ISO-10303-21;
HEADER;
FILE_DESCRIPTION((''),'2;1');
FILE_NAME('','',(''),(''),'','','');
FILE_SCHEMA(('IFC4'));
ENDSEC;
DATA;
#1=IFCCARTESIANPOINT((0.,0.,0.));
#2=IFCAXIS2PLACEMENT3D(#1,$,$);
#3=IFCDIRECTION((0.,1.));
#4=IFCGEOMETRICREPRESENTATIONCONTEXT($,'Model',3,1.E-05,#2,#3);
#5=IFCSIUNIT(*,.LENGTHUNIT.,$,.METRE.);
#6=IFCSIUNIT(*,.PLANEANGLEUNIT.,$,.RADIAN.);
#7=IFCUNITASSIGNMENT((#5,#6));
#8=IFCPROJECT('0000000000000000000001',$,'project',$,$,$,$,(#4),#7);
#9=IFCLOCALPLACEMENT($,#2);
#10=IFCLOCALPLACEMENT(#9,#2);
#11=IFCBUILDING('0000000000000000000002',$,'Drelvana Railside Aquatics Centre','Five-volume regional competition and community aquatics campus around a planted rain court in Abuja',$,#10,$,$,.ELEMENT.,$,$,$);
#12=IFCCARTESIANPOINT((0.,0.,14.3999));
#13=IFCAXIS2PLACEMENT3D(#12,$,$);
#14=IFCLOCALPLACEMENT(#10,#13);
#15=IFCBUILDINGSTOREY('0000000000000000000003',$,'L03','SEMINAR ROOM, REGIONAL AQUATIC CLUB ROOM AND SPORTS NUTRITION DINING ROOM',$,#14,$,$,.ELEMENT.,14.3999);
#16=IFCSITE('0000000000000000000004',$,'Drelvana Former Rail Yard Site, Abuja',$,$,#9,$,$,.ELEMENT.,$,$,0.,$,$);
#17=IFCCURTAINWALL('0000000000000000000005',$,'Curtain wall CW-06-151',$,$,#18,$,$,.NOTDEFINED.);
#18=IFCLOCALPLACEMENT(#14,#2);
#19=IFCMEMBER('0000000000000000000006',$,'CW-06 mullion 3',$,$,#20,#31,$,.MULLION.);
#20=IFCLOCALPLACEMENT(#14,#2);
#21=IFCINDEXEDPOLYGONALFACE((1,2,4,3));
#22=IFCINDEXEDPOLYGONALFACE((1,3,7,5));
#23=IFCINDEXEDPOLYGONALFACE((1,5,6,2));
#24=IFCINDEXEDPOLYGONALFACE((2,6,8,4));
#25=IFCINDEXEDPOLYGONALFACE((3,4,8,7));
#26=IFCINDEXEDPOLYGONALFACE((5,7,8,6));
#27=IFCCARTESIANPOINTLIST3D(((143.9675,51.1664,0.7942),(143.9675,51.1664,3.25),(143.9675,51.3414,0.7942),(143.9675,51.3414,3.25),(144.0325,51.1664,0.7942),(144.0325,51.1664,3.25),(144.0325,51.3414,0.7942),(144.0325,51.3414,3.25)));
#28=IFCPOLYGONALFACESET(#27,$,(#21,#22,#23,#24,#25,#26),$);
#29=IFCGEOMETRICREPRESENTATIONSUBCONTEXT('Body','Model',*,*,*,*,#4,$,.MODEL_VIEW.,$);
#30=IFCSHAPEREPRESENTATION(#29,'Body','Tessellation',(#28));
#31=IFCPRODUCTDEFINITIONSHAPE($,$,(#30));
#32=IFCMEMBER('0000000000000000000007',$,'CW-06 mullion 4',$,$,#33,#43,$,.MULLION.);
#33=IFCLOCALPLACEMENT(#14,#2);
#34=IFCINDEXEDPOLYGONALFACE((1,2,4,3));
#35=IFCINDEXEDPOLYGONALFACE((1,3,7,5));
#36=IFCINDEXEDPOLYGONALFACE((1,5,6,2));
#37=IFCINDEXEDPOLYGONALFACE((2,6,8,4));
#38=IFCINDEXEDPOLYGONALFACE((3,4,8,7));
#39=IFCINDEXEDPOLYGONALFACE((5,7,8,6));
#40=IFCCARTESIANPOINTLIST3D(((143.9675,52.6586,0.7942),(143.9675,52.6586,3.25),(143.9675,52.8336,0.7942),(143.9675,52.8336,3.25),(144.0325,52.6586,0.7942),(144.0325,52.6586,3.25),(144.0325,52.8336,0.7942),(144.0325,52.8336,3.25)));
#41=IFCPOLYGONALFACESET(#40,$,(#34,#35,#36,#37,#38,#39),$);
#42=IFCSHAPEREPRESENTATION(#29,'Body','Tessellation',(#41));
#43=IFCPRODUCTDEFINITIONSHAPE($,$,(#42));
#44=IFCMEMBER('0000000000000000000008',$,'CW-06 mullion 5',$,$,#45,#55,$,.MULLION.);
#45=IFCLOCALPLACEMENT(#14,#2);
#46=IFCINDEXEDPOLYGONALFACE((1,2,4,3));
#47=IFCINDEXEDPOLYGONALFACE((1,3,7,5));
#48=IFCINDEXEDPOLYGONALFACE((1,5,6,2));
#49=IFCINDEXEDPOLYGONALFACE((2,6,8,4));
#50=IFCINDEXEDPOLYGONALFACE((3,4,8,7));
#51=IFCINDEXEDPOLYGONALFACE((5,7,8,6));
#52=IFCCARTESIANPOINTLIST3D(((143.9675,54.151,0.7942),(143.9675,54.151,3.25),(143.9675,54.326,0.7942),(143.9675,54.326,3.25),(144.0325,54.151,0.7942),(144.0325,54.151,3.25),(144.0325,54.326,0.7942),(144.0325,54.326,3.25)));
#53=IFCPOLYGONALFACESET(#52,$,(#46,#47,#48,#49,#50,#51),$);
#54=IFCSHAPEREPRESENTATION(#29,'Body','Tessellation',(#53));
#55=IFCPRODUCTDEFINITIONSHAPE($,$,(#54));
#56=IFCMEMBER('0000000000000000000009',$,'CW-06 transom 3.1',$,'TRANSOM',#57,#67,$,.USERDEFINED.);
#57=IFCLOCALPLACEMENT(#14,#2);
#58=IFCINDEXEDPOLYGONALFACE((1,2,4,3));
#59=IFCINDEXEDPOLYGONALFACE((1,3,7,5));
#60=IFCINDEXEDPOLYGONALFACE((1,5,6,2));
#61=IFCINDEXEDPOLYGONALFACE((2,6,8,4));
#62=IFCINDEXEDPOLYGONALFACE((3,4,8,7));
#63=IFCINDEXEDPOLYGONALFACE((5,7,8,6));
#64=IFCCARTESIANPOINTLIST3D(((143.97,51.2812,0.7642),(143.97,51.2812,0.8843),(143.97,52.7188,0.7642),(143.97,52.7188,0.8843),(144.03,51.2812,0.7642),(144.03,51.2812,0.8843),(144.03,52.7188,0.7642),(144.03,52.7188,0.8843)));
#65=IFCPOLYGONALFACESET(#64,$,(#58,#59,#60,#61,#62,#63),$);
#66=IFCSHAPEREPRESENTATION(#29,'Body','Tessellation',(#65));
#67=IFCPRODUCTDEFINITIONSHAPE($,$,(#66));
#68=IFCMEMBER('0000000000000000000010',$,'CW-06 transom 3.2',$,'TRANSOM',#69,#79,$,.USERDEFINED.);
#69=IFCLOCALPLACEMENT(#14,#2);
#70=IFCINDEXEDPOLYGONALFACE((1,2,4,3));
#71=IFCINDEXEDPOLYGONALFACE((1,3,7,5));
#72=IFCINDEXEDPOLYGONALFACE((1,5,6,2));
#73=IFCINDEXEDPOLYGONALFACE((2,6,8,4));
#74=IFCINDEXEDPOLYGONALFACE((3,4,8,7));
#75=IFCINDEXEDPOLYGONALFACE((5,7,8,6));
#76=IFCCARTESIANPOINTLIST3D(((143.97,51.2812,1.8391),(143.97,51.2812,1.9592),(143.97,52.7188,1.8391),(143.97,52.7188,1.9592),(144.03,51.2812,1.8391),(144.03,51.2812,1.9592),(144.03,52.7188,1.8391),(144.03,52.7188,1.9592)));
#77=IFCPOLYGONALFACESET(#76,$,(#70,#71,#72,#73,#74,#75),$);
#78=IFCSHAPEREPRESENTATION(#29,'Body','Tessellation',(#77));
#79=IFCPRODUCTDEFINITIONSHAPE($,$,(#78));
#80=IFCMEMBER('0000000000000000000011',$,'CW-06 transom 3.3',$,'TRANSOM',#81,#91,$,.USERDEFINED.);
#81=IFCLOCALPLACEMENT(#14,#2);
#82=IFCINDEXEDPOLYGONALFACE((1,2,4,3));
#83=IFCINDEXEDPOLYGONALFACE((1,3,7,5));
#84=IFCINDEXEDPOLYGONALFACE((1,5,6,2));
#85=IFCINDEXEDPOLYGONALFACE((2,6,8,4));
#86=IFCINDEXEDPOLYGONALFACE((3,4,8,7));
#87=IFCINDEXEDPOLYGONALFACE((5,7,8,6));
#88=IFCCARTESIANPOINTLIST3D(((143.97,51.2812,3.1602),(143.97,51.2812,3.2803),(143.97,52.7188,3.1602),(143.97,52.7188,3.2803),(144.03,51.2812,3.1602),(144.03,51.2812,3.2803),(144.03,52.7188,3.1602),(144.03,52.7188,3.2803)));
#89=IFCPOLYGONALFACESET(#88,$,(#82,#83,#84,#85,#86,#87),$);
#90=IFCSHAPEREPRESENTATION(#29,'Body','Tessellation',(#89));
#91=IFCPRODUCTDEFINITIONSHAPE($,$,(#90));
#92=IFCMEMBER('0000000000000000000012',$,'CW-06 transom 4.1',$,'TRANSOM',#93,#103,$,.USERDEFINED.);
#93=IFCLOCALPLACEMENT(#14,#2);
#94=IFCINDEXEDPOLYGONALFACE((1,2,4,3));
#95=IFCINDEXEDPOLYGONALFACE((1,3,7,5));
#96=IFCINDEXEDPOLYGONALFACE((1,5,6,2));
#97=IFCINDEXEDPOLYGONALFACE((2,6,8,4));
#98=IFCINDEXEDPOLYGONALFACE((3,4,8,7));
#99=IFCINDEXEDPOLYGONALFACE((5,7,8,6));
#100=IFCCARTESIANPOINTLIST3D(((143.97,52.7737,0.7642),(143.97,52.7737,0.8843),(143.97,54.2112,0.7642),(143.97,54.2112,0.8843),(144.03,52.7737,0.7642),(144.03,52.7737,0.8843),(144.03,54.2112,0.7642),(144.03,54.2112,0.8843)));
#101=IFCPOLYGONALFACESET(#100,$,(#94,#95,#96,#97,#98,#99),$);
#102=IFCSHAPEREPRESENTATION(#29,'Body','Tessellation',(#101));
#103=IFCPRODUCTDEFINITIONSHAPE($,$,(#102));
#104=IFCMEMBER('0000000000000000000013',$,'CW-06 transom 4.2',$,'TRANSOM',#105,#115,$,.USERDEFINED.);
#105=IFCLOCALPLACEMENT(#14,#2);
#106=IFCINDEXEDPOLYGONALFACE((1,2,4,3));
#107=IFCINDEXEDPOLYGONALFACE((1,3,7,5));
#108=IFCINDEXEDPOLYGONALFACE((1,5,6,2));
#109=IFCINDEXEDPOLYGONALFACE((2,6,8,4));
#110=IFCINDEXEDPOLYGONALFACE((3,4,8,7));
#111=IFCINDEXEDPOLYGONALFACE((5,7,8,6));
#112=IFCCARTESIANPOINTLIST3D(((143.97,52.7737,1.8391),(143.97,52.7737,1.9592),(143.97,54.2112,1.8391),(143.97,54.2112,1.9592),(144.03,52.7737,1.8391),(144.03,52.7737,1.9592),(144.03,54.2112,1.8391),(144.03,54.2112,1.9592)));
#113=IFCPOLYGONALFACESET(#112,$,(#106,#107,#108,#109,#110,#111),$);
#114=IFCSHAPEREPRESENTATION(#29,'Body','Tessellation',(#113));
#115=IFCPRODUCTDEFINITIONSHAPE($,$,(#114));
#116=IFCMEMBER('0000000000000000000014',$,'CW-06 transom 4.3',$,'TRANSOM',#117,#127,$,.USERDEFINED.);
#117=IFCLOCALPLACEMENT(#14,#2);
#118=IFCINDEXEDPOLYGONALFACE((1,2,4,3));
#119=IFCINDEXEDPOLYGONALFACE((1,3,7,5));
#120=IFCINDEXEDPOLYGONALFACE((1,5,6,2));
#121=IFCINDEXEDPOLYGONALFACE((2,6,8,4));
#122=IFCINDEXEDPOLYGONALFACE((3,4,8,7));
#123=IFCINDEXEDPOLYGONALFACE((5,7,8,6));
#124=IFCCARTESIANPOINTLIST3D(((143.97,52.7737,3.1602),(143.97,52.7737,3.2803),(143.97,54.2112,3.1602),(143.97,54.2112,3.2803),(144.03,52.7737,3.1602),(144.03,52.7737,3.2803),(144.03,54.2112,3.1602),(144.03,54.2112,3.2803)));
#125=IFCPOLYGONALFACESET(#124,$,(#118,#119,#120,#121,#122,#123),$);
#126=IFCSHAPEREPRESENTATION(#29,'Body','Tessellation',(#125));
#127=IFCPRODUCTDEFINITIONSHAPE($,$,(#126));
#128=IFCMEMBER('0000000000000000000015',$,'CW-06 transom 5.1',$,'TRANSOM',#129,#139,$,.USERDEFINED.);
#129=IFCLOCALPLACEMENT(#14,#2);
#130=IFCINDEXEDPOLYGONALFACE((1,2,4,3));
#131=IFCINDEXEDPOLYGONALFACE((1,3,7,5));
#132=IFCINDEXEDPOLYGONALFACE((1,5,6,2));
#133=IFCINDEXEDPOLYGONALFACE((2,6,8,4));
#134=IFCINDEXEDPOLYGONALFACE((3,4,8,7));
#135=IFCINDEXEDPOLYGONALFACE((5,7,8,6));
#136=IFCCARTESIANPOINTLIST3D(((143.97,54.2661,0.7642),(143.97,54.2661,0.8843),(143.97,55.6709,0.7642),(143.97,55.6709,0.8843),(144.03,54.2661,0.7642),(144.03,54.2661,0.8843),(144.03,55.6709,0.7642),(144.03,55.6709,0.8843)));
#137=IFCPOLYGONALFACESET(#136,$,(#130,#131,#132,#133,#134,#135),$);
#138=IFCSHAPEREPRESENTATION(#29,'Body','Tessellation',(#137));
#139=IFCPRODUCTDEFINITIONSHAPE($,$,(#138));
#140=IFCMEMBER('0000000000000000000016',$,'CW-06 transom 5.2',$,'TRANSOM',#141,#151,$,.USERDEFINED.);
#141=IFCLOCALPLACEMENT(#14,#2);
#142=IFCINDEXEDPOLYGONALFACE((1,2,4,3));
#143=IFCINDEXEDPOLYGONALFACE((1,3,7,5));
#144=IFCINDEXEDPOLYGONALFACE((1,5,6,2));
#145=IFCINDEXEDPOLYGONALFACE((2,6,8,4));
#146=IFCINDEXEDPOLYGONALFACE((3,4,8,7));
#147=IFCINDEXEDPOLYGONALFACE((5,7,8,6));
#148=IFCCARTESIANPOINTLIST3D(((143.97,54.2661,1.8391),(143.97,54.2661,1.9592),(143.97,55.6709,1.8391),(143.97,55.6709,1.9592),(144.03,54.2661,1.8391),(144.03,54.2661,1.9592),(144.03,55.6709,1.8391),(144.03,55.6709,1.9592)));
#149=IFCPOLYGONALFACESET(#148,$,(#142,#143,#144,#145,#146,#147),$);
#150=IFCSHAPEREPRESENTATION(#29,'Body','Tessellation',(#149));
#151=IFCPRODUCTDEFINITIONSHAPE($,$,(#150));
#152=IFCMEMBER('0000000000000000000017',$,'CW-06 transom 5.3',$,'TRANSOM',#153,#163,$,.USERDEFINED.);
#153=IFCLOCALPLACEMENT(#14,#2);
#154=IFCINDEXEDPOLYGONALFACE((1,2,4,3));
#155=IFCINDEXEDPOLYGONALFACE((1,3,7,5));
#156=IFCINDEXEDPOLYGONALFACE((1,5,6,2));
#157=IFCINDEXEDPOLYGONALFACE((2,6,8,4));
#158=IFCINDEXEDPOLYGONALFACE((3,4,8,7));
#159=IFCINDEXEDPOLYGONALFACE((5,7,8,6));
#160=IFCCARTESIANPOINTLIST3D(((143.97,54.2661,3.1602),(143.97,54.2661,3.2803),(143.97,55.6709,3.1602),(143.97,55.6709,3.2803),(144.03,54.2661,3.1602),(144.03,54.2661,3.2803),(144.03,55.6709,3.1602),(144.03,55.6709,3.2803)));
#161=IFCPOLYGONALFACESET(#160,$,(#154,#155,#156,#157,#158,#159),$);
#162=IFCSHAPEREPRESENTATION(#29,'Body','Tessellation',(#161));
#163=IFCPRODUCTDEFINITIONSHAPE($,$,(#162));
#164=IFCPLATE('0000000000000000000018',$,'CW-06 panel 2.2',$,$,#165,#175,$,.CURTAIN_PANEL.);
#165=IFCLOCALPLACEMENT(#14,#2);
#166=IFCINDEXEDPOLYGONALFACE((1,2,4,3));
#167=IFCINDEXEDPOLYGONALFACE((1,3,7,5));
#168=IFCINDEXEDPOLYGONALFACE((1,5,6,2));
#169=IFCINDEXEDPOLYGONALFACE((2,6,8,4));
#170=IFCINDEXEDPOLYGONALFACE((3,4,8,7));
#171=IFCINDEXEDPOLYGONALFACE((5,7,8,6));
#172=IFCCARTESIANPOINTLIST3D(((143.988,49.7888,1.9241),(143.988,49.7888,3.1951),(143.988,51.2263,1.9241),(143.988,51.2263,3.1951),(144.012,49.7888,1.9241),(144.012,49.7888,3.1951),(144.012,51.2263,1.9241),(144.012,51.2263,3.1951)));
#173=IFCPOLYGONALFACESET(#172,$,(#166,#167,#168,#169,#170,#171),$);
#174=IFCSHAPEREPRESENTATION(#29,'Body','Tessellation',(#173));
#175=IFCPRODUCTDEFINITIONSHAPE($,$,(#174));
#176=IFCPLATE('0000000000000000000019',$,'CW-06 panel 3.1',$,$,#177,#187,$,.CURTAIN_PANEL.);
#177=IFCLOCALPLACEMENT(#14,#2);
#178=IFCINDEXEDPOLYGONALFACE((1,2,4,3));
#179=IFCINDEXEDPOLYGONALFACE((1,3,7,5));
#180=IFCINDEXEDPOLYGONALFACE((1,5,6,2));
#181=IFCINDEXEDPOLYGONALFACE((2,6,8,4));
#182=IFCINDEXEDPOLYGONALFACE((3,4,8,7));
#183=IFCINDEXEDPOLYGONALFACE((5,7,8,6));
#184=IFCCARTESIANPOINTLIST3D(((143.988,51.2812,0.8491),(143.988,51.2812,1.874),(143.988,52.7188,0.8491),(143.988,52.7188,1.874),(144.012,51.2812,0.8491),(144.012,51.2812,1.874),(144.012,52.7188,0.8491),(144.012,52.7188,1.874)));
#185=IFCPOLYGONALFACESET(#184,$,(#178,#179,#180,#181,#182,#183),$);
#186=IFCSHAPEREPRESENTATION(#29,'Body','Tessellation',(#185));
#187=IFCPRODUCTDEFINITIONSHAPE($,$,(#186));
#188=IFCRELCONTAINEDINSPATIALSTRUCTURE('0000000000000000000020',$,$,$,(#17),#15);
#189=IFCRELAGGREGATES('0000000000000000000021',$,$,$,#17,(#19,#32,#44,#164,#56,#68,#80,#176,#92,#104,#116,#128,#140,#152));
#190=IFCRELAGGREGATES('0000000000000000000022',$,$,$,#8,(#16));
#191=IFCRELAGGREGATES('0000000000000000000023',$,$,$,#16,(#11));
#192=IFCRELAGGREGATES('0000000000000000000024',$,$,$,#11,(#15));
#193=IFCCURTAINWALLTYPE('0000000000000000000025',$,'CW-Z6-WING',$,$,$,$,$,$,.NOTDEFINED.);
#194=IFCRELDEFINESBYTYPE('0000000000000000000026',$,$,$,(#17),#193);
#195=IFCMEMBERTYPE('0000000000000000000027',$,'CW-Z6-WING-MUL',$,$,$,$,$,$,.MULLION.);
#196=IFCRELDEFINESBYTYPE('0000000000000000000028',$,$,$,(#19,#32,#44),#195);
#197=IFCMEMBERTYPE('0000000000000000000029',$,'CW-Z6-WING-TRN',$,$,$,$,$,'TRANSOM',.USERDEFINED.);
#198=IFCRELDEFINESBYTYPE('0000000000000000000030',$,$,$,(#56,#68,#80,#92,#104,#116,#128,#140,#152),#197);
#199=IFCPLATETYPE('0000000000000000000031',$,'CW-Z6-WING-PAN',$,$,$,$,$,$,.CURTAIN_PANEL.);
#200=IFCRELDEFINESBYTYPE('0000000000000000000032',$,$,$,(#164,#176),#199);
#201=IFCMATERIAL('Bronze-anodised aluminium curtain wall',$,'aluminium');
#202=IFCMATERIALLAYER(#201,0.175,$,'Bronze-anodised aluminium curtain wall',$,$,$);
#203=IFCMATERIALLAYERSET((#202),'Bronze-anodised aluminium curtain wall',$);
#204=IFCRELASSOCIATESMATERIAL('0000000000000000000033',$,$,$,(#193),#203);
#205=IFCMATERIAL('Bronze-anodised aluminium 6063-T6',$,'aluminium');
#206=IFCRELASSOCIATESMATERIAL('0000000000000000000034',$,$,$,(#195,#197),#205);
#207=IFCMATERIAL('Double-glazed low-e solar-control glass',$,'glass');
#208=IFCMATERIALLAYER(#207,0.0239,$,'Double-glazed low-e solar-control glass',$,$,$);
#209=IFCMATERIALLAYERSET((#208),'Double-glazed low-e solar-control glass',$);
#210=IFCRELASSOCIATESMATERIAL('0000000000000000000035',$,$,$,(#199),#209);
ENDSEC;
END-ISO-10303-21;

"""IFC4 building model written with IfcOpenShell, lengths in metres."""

from ifc_helpers import new_model, si_unit, direction, frame, origin, origin_2d, place, context, subcontext, project, spatial, rectangle, extrude, material, layer, layer_set, material_profile, profile_set, type_object, element, aggregate, save


model = new_model("IFC4")

# Units and contexts
model_context = context("Model", 3, precision=1e-05, world=origin(), true_north=direction((0.0, 1.0)))
body_context = subcontext(model_context, "Body", "Model", "MODEL_VIEW")
ifc_project = project(units=[si_unit("LENGTHUNIT", "METRE"), si_unit("PLANEANGLEUNIT", "RADIAN")], contexts=[model_context])

# Site, building, storey
site_placement = place(None, origin())
site = spatial("IfcSite", under=ifc_project, at=site_placement, Name="Drelvana Former Rail Yard Site, Abuja", CompositionType="ELEMENT", RefElevation=0.0)
building_placement = place(site_placement, origin())
building = spatial("IfcBuilding", under=site, at=building_placement, Name="Drelvana Railside Aquatics Centre", Description="Five-volume regional competition and community aquatics campus around a planted rain court in Abuja", CompositionType="ELEMENT")
storey_placement = place(building_placement, frame((0.0, 0.0, 14.3999)))
storey = spatial("IfcBuildingStorey", under=building, at=storey_placement, Name="L03", Description="SEMINAR ROOM, REGIONAL AQUATIC CLUB ROOM AND SPORTS NUTRITION DINING ROOM", CompositionType="ELEMENT", Elevation=14.3999)

# Curtain wall, members, plates
ifc_material_1 = material(Name="Bronze-anodised aluminium curtain wall", Category="aluminium")
ifc_layer_1 = layer(ifc_material_1, 0.175, Name="Bronze-anodised aluminium curtain wall")
ifc_layer_set_1 = layer_set([ifc_layer_1], Name="Bronze-anodised aluminium curtain wall")
curtain_wall_type = type_object("IfcCurtainWallType", Name="CW-Z6-WING", PredefinedType="NOTDEFINED", material=ifc_layer_set_1)
curtain_wall_placement = place(storey_placement, origin())
curtain_wall = element("IfcCurtainWall", 1, at=curtain_wall_placement, inside=storey, type_object=curtain_wall_type, Name="Curtain wall CW-06-151", PredefinedType="NOTDEFINED")
ifc_material_2 = material(Name="Bronze-anodised aluminium 6063-T6", Category="aluminium")
ifc_material_profile_1 = material_profile(ifc_material_2, rectangle(XDim=0.0649, YDim=0.175, at=origin_2d()), Name="ALU-M 65x175")
ifc_profile_set_1 = profile_set([ifc_material_profile_1], Name="Bronze-anodised aluminium 6063-T6")
member_type_1 = type_object("IfcMemberType", Name="CW-Z6-WING-MUL", PredefinedType="MULLION", material=ifc_profile_set_1)
member_1_placement = place(storey_placement, frame((144.0, 51.2539, 0.7942), z_axis=(0.0, 0.0, 1.0), x_axis=(-1.0, 0.0, 0.0)))
member_1 = element("IfcMember", 2, at=member_1_placement, type_object=member_type_1, Name="CW-06 mullion 3", PredefinedType="MULLION", context=body_context, shape_type="SweptSolid", body=[
    extrude(rectangle(XDim=0.0649, YDim=0.175, at=origin_2d()), origin(), (0.0, 0.0, 1.0), 2.4558),
])
member_2_placement = place(storey_placement, frame((144.0, 52.7461, 0.7942), z_axis=(0.0, 0.0, 1.0), x_axis=(-1.0, 0.0, 0.0)))
member_2 = element("IfcMember", 3, at=member_2_placement, type_object=member_type_1, Name="CW-06 mullion 4", PredefinedType="MULLION", context=body_context, shape_type="SweptSolid", body=[
    extrude(rectangle(XDim=0.0649, YDim=0.175, at=origin_2d()), origin(), (0.0, 0.0, 1.0), 2.4558),
])
member_3_placement = place(storey_placement, frame((144.0, 54.2385, 0.7942), z_axis=(0.0, 0.0, 1.0), x_axis=(-1.0, 0.0, 0.0)))
member_3 = element("IfcMember", 4, at=member_3_placement, type_object=member_type_1, Name="CW-06 mullion 5", PredefinedType="MULLION", context=body_context, shape_type="SweptSolid", body=[
    extrude(rectangle(XDim=0.0649, YDim=0.175, at=origin_2d()), origin(), (0.0, 0.0, 1.0), 2.4558),
])
ifc_material_profile_2 = material_profile(ifc_material_2, rectangle(XDim=0.1201, YDim=0.0601, at=origin_2d()), Name="ALU-T 60x120")
ifc_profile_set_2 = profile_set([ifc_material_profile_2], Name="Bronze-anodised aluminium 6063-T6")
member_type_2 = type_object("IfcMemberType", Name="CW-Z6-WING-TRN", ElementType="TRANSOM", PredefinedType="USERDEFINED", material=ifc_profile_set_2)
member_4_placement = place(storey_placement, frame((144.0, 51.2812, 0.8242), z_axis=(0.0, 1.0, 0.0), x_axis=(0.0, 0.0, 1.0)))
member_4 = element("IfcMember", 5, at=member_4_placement, type_object=member_type_2, Name="CW-06 transom 3.1", ObjectType="TRANSOM", PredefinedType="USERDEFINED", context=body_context, shape_type="SweptSolid", body=[
    extrude(rectangle(XDim=0.1201, YDim=0.0601, at=origin_2d()), origin(), (0.0, 0.0, 1.0), 1.4375),
])
member_5_placement = place(storey_placement, frame((144.0, 51.2812, 1.8992), z_axis=(0.0, 1.0, 0.0), x_axis=(0.0, 0.0, 1.0)))
member_5 = element("IfcMember", 6, at=member_5_placement, type_object=member_type_2, Name="CW-06 transom 3.2", ObjectType="TRANSOM", PredefinedType="USERDEFINED", context=body_context, shape_type="SweptSolid", body=[
    extrude(rectangle(XDim=0.1201, YDim=0.0601, at=origin_2d()), origin(), (0.0, 0.0, 1.0), 1.4375),
])
member_6_placement = place(storey_placement, frame((144.0, 51.2812, 3.2202), z_axis=(0.0, 1.0, 0.0), x_axis=(0.0, 0.0, 1.0)))
member_6 = element("IfcMember", 7, at=member_6_placement, type_object=member_type_2, Name="CW-06 transom 3.3", ObjectType="TRANSOM", PredefinedType="USERDEFINED", context=body_context, shape_type="SweptSolid", body=[
    extrude(rectangle(XDim=0.1201, YDim=0.0601, at=origin_2d()), origin(), (0.0, 0.0, 1.0), 1.4375),
])
member_7_placement = place(storey_placement, frame((144.0, 52.7737, 0.8242), z_axis=(0.0, 1.0, 0.0), x_axis=(0.0, 0.0, 1.0)))
member_7 = element("IfcMember", 8, at=member_7_placement, type_object=member_type_2, Name="CW-06 transom 4.1", ObjectType="TRANSOM", PredefinedType="USERDEFINED", context=body_context, shape_type="SweptSolid", body=[
    extrude(rectangle(XDim=0.1201, YDim=0.0601, at=origin_2d()), origin(), (0.0, 0.0, 1.0), 1.4375),
])
member_8_placement = place(storey_placement, frame((144.0, 52.7737, 1.8992), z_axis=(0.0, 1.0, 0.0), x_axis=(0.0, 0.0, 1.0)))
member_8 = element("IfcMember", 9, at=member_8_placement, type_object=member_type_2, Name="CW-06 transom 4.2", ObjectType="TRANSOM", PredefinedType="USERDEFINED", context=body_context, shape_type="SweptSolid", body=[
    extrude(rectangle(XDim=0.1201, YDim=0.0601, at=origin_2d()), origin(), (0.0, 0.0, 1.0), 1.4375),
])
member_9_placement = place(storey_placement, frame((144.0, 52.7737, 3.2202), z_axis=(0.0, 1.0, 0.0), x_axis=(0.0, 0.0, 1.0)))
member_9 = element("IfcMember", 10, at=member_9_placement, type_object=member_type_2, Name="CW-06 transom 4.3", ObjectType="TRANSOM", PredefinedType="USERDEFINED", context=body_context, shape_type="SweptSolid", body=[
    extrude(rectangle(XDim=0.1201, YDim=0.0601, at=origin_2d()), origin(), (0.0, 0.0, 1.0), 1.4375),
])
member_10_placement = place(storey_placement, frame((144.0, 54.2661, 0.8242), z_axis=(0.0, 1.0, 0.0), x_axis=(0.0, 0.0, 1.0)))
member_10 = element("IfcMember", 11, at=member_10_placement, type_object=member_type_2, Name="CW-06 transom 5.1", ObjectType="TRANSOM", PredefinedType="USERDEFINED", context=body_context, shape_type="SweptSolid", body=[
    extrude(rectangle(XDim=0.1201, YDim=0.0601, at=origin_2d()), origin(), (0.0, 0.0, 1.0), 1.4048),
])
member_11_placement = place(storey_placement, frame((144.0, 54.2661, 1.8992), z_axis=(0.0, 1.0, 0.0), x_axis=(0.0, 0.0, 1.0)))
member_11 = element("IfcMember", 12, at=member_11_placement, type_object=member_type_2, Name="CW-06 transom 5.2", ObjectType="TRANSOM", PredefinedType="USERDEFINED", context=body_context, shape_type="SweptSolid", body=[
    extrude(rectangle(XDim=0.1201, YDim=0.0601, at=origin_2d()), origin(), (0.0, 0.0, 1.0), 1.4048),
])
member_12_placement = place(storey_placement, frame((144.0, 54.2661, 3.2202), z_axis=(0.0, 1.0, 0.0), x_axis=(0.0, 0.0, 1.0)))
member_12 = element("IfcMember", 13, at=member_12_placement, type_object=member_type_2, Name="CW-06 transom 5.3", ObjectType="TRANSOM", PredefinedType="USERDEFINED", context=body_context, shape_type="SweptSolid", body=[
    extrude(rectangle(XDim=0.1201, YDim=0.0601, at=origin_2d()), origin(), (0.0, 0.0, 1.0), 1.4048),
])
ifc_material_3 = material(Name="Double-glazed low-e solar-control glass", Category="glass")
ifc_layer_2 = layer(ifc_material_3, 0.0239, Name="Double-glazed low-e solar-control glass")
ifc_layer_set_2 = layer_set([ifc_layer_2], Name="Double-glazed low-e solar-control glass")
plate_type = type_object("IfcPlateType", Name="CW-Z6-WING-PAN", PredefinedType="CURTAIN_PANEL", material=ifc_layer_set_2)
plate_1_placement = place(storey_placement, frame((144.0, 50.5076, 1.9241), z_axis=(0.0, 0.0, 1.0), x_axis=(0.0, 1.0, 0.0)))
plate_1 = element("IfcPlate", 14, at=plate_1_placement, type_object=plate_type, Name="CW-06 panel 2.2", PredefinedType="CURTAIN_PANEL", context=body_context, shape_type="SweptSolid", body=[
    extrude(rectangle(XDim=1.4375, YDim=0.0239, at=origin_2d()), origin(), (0.0, 0.0, 1.0), 1.271),
])
plate_2_placement = place(storey_placement, frame((144.0, 52.0, 0.8491), z_axis=(0.0, 0.0, 1.0), x_axis=(0.0, 1.0, 0.0)))
plate_2 = element("IfcPlate", 15, at=plate_2_placement, type_object=plate_type, Name="CW-06 panel 3.1", PredefinedType="CURTAIN_PANEL", context=body_context, shape_type="SweptSolid", body=[
    extrude(rectangle(XDim=1.4375, YDim=0.0239, at=origin_2d()), origin(), (0.0, 0.0, 1.0), 1.0249),
])
aggregate(curtain_wall, [member_1, member_2, member_3, plate_1, member_4, member_5, member_6, plate_2, member_7, member_8, member_9, member_10, member_11, member_12])

save(model, "model.ifc")
